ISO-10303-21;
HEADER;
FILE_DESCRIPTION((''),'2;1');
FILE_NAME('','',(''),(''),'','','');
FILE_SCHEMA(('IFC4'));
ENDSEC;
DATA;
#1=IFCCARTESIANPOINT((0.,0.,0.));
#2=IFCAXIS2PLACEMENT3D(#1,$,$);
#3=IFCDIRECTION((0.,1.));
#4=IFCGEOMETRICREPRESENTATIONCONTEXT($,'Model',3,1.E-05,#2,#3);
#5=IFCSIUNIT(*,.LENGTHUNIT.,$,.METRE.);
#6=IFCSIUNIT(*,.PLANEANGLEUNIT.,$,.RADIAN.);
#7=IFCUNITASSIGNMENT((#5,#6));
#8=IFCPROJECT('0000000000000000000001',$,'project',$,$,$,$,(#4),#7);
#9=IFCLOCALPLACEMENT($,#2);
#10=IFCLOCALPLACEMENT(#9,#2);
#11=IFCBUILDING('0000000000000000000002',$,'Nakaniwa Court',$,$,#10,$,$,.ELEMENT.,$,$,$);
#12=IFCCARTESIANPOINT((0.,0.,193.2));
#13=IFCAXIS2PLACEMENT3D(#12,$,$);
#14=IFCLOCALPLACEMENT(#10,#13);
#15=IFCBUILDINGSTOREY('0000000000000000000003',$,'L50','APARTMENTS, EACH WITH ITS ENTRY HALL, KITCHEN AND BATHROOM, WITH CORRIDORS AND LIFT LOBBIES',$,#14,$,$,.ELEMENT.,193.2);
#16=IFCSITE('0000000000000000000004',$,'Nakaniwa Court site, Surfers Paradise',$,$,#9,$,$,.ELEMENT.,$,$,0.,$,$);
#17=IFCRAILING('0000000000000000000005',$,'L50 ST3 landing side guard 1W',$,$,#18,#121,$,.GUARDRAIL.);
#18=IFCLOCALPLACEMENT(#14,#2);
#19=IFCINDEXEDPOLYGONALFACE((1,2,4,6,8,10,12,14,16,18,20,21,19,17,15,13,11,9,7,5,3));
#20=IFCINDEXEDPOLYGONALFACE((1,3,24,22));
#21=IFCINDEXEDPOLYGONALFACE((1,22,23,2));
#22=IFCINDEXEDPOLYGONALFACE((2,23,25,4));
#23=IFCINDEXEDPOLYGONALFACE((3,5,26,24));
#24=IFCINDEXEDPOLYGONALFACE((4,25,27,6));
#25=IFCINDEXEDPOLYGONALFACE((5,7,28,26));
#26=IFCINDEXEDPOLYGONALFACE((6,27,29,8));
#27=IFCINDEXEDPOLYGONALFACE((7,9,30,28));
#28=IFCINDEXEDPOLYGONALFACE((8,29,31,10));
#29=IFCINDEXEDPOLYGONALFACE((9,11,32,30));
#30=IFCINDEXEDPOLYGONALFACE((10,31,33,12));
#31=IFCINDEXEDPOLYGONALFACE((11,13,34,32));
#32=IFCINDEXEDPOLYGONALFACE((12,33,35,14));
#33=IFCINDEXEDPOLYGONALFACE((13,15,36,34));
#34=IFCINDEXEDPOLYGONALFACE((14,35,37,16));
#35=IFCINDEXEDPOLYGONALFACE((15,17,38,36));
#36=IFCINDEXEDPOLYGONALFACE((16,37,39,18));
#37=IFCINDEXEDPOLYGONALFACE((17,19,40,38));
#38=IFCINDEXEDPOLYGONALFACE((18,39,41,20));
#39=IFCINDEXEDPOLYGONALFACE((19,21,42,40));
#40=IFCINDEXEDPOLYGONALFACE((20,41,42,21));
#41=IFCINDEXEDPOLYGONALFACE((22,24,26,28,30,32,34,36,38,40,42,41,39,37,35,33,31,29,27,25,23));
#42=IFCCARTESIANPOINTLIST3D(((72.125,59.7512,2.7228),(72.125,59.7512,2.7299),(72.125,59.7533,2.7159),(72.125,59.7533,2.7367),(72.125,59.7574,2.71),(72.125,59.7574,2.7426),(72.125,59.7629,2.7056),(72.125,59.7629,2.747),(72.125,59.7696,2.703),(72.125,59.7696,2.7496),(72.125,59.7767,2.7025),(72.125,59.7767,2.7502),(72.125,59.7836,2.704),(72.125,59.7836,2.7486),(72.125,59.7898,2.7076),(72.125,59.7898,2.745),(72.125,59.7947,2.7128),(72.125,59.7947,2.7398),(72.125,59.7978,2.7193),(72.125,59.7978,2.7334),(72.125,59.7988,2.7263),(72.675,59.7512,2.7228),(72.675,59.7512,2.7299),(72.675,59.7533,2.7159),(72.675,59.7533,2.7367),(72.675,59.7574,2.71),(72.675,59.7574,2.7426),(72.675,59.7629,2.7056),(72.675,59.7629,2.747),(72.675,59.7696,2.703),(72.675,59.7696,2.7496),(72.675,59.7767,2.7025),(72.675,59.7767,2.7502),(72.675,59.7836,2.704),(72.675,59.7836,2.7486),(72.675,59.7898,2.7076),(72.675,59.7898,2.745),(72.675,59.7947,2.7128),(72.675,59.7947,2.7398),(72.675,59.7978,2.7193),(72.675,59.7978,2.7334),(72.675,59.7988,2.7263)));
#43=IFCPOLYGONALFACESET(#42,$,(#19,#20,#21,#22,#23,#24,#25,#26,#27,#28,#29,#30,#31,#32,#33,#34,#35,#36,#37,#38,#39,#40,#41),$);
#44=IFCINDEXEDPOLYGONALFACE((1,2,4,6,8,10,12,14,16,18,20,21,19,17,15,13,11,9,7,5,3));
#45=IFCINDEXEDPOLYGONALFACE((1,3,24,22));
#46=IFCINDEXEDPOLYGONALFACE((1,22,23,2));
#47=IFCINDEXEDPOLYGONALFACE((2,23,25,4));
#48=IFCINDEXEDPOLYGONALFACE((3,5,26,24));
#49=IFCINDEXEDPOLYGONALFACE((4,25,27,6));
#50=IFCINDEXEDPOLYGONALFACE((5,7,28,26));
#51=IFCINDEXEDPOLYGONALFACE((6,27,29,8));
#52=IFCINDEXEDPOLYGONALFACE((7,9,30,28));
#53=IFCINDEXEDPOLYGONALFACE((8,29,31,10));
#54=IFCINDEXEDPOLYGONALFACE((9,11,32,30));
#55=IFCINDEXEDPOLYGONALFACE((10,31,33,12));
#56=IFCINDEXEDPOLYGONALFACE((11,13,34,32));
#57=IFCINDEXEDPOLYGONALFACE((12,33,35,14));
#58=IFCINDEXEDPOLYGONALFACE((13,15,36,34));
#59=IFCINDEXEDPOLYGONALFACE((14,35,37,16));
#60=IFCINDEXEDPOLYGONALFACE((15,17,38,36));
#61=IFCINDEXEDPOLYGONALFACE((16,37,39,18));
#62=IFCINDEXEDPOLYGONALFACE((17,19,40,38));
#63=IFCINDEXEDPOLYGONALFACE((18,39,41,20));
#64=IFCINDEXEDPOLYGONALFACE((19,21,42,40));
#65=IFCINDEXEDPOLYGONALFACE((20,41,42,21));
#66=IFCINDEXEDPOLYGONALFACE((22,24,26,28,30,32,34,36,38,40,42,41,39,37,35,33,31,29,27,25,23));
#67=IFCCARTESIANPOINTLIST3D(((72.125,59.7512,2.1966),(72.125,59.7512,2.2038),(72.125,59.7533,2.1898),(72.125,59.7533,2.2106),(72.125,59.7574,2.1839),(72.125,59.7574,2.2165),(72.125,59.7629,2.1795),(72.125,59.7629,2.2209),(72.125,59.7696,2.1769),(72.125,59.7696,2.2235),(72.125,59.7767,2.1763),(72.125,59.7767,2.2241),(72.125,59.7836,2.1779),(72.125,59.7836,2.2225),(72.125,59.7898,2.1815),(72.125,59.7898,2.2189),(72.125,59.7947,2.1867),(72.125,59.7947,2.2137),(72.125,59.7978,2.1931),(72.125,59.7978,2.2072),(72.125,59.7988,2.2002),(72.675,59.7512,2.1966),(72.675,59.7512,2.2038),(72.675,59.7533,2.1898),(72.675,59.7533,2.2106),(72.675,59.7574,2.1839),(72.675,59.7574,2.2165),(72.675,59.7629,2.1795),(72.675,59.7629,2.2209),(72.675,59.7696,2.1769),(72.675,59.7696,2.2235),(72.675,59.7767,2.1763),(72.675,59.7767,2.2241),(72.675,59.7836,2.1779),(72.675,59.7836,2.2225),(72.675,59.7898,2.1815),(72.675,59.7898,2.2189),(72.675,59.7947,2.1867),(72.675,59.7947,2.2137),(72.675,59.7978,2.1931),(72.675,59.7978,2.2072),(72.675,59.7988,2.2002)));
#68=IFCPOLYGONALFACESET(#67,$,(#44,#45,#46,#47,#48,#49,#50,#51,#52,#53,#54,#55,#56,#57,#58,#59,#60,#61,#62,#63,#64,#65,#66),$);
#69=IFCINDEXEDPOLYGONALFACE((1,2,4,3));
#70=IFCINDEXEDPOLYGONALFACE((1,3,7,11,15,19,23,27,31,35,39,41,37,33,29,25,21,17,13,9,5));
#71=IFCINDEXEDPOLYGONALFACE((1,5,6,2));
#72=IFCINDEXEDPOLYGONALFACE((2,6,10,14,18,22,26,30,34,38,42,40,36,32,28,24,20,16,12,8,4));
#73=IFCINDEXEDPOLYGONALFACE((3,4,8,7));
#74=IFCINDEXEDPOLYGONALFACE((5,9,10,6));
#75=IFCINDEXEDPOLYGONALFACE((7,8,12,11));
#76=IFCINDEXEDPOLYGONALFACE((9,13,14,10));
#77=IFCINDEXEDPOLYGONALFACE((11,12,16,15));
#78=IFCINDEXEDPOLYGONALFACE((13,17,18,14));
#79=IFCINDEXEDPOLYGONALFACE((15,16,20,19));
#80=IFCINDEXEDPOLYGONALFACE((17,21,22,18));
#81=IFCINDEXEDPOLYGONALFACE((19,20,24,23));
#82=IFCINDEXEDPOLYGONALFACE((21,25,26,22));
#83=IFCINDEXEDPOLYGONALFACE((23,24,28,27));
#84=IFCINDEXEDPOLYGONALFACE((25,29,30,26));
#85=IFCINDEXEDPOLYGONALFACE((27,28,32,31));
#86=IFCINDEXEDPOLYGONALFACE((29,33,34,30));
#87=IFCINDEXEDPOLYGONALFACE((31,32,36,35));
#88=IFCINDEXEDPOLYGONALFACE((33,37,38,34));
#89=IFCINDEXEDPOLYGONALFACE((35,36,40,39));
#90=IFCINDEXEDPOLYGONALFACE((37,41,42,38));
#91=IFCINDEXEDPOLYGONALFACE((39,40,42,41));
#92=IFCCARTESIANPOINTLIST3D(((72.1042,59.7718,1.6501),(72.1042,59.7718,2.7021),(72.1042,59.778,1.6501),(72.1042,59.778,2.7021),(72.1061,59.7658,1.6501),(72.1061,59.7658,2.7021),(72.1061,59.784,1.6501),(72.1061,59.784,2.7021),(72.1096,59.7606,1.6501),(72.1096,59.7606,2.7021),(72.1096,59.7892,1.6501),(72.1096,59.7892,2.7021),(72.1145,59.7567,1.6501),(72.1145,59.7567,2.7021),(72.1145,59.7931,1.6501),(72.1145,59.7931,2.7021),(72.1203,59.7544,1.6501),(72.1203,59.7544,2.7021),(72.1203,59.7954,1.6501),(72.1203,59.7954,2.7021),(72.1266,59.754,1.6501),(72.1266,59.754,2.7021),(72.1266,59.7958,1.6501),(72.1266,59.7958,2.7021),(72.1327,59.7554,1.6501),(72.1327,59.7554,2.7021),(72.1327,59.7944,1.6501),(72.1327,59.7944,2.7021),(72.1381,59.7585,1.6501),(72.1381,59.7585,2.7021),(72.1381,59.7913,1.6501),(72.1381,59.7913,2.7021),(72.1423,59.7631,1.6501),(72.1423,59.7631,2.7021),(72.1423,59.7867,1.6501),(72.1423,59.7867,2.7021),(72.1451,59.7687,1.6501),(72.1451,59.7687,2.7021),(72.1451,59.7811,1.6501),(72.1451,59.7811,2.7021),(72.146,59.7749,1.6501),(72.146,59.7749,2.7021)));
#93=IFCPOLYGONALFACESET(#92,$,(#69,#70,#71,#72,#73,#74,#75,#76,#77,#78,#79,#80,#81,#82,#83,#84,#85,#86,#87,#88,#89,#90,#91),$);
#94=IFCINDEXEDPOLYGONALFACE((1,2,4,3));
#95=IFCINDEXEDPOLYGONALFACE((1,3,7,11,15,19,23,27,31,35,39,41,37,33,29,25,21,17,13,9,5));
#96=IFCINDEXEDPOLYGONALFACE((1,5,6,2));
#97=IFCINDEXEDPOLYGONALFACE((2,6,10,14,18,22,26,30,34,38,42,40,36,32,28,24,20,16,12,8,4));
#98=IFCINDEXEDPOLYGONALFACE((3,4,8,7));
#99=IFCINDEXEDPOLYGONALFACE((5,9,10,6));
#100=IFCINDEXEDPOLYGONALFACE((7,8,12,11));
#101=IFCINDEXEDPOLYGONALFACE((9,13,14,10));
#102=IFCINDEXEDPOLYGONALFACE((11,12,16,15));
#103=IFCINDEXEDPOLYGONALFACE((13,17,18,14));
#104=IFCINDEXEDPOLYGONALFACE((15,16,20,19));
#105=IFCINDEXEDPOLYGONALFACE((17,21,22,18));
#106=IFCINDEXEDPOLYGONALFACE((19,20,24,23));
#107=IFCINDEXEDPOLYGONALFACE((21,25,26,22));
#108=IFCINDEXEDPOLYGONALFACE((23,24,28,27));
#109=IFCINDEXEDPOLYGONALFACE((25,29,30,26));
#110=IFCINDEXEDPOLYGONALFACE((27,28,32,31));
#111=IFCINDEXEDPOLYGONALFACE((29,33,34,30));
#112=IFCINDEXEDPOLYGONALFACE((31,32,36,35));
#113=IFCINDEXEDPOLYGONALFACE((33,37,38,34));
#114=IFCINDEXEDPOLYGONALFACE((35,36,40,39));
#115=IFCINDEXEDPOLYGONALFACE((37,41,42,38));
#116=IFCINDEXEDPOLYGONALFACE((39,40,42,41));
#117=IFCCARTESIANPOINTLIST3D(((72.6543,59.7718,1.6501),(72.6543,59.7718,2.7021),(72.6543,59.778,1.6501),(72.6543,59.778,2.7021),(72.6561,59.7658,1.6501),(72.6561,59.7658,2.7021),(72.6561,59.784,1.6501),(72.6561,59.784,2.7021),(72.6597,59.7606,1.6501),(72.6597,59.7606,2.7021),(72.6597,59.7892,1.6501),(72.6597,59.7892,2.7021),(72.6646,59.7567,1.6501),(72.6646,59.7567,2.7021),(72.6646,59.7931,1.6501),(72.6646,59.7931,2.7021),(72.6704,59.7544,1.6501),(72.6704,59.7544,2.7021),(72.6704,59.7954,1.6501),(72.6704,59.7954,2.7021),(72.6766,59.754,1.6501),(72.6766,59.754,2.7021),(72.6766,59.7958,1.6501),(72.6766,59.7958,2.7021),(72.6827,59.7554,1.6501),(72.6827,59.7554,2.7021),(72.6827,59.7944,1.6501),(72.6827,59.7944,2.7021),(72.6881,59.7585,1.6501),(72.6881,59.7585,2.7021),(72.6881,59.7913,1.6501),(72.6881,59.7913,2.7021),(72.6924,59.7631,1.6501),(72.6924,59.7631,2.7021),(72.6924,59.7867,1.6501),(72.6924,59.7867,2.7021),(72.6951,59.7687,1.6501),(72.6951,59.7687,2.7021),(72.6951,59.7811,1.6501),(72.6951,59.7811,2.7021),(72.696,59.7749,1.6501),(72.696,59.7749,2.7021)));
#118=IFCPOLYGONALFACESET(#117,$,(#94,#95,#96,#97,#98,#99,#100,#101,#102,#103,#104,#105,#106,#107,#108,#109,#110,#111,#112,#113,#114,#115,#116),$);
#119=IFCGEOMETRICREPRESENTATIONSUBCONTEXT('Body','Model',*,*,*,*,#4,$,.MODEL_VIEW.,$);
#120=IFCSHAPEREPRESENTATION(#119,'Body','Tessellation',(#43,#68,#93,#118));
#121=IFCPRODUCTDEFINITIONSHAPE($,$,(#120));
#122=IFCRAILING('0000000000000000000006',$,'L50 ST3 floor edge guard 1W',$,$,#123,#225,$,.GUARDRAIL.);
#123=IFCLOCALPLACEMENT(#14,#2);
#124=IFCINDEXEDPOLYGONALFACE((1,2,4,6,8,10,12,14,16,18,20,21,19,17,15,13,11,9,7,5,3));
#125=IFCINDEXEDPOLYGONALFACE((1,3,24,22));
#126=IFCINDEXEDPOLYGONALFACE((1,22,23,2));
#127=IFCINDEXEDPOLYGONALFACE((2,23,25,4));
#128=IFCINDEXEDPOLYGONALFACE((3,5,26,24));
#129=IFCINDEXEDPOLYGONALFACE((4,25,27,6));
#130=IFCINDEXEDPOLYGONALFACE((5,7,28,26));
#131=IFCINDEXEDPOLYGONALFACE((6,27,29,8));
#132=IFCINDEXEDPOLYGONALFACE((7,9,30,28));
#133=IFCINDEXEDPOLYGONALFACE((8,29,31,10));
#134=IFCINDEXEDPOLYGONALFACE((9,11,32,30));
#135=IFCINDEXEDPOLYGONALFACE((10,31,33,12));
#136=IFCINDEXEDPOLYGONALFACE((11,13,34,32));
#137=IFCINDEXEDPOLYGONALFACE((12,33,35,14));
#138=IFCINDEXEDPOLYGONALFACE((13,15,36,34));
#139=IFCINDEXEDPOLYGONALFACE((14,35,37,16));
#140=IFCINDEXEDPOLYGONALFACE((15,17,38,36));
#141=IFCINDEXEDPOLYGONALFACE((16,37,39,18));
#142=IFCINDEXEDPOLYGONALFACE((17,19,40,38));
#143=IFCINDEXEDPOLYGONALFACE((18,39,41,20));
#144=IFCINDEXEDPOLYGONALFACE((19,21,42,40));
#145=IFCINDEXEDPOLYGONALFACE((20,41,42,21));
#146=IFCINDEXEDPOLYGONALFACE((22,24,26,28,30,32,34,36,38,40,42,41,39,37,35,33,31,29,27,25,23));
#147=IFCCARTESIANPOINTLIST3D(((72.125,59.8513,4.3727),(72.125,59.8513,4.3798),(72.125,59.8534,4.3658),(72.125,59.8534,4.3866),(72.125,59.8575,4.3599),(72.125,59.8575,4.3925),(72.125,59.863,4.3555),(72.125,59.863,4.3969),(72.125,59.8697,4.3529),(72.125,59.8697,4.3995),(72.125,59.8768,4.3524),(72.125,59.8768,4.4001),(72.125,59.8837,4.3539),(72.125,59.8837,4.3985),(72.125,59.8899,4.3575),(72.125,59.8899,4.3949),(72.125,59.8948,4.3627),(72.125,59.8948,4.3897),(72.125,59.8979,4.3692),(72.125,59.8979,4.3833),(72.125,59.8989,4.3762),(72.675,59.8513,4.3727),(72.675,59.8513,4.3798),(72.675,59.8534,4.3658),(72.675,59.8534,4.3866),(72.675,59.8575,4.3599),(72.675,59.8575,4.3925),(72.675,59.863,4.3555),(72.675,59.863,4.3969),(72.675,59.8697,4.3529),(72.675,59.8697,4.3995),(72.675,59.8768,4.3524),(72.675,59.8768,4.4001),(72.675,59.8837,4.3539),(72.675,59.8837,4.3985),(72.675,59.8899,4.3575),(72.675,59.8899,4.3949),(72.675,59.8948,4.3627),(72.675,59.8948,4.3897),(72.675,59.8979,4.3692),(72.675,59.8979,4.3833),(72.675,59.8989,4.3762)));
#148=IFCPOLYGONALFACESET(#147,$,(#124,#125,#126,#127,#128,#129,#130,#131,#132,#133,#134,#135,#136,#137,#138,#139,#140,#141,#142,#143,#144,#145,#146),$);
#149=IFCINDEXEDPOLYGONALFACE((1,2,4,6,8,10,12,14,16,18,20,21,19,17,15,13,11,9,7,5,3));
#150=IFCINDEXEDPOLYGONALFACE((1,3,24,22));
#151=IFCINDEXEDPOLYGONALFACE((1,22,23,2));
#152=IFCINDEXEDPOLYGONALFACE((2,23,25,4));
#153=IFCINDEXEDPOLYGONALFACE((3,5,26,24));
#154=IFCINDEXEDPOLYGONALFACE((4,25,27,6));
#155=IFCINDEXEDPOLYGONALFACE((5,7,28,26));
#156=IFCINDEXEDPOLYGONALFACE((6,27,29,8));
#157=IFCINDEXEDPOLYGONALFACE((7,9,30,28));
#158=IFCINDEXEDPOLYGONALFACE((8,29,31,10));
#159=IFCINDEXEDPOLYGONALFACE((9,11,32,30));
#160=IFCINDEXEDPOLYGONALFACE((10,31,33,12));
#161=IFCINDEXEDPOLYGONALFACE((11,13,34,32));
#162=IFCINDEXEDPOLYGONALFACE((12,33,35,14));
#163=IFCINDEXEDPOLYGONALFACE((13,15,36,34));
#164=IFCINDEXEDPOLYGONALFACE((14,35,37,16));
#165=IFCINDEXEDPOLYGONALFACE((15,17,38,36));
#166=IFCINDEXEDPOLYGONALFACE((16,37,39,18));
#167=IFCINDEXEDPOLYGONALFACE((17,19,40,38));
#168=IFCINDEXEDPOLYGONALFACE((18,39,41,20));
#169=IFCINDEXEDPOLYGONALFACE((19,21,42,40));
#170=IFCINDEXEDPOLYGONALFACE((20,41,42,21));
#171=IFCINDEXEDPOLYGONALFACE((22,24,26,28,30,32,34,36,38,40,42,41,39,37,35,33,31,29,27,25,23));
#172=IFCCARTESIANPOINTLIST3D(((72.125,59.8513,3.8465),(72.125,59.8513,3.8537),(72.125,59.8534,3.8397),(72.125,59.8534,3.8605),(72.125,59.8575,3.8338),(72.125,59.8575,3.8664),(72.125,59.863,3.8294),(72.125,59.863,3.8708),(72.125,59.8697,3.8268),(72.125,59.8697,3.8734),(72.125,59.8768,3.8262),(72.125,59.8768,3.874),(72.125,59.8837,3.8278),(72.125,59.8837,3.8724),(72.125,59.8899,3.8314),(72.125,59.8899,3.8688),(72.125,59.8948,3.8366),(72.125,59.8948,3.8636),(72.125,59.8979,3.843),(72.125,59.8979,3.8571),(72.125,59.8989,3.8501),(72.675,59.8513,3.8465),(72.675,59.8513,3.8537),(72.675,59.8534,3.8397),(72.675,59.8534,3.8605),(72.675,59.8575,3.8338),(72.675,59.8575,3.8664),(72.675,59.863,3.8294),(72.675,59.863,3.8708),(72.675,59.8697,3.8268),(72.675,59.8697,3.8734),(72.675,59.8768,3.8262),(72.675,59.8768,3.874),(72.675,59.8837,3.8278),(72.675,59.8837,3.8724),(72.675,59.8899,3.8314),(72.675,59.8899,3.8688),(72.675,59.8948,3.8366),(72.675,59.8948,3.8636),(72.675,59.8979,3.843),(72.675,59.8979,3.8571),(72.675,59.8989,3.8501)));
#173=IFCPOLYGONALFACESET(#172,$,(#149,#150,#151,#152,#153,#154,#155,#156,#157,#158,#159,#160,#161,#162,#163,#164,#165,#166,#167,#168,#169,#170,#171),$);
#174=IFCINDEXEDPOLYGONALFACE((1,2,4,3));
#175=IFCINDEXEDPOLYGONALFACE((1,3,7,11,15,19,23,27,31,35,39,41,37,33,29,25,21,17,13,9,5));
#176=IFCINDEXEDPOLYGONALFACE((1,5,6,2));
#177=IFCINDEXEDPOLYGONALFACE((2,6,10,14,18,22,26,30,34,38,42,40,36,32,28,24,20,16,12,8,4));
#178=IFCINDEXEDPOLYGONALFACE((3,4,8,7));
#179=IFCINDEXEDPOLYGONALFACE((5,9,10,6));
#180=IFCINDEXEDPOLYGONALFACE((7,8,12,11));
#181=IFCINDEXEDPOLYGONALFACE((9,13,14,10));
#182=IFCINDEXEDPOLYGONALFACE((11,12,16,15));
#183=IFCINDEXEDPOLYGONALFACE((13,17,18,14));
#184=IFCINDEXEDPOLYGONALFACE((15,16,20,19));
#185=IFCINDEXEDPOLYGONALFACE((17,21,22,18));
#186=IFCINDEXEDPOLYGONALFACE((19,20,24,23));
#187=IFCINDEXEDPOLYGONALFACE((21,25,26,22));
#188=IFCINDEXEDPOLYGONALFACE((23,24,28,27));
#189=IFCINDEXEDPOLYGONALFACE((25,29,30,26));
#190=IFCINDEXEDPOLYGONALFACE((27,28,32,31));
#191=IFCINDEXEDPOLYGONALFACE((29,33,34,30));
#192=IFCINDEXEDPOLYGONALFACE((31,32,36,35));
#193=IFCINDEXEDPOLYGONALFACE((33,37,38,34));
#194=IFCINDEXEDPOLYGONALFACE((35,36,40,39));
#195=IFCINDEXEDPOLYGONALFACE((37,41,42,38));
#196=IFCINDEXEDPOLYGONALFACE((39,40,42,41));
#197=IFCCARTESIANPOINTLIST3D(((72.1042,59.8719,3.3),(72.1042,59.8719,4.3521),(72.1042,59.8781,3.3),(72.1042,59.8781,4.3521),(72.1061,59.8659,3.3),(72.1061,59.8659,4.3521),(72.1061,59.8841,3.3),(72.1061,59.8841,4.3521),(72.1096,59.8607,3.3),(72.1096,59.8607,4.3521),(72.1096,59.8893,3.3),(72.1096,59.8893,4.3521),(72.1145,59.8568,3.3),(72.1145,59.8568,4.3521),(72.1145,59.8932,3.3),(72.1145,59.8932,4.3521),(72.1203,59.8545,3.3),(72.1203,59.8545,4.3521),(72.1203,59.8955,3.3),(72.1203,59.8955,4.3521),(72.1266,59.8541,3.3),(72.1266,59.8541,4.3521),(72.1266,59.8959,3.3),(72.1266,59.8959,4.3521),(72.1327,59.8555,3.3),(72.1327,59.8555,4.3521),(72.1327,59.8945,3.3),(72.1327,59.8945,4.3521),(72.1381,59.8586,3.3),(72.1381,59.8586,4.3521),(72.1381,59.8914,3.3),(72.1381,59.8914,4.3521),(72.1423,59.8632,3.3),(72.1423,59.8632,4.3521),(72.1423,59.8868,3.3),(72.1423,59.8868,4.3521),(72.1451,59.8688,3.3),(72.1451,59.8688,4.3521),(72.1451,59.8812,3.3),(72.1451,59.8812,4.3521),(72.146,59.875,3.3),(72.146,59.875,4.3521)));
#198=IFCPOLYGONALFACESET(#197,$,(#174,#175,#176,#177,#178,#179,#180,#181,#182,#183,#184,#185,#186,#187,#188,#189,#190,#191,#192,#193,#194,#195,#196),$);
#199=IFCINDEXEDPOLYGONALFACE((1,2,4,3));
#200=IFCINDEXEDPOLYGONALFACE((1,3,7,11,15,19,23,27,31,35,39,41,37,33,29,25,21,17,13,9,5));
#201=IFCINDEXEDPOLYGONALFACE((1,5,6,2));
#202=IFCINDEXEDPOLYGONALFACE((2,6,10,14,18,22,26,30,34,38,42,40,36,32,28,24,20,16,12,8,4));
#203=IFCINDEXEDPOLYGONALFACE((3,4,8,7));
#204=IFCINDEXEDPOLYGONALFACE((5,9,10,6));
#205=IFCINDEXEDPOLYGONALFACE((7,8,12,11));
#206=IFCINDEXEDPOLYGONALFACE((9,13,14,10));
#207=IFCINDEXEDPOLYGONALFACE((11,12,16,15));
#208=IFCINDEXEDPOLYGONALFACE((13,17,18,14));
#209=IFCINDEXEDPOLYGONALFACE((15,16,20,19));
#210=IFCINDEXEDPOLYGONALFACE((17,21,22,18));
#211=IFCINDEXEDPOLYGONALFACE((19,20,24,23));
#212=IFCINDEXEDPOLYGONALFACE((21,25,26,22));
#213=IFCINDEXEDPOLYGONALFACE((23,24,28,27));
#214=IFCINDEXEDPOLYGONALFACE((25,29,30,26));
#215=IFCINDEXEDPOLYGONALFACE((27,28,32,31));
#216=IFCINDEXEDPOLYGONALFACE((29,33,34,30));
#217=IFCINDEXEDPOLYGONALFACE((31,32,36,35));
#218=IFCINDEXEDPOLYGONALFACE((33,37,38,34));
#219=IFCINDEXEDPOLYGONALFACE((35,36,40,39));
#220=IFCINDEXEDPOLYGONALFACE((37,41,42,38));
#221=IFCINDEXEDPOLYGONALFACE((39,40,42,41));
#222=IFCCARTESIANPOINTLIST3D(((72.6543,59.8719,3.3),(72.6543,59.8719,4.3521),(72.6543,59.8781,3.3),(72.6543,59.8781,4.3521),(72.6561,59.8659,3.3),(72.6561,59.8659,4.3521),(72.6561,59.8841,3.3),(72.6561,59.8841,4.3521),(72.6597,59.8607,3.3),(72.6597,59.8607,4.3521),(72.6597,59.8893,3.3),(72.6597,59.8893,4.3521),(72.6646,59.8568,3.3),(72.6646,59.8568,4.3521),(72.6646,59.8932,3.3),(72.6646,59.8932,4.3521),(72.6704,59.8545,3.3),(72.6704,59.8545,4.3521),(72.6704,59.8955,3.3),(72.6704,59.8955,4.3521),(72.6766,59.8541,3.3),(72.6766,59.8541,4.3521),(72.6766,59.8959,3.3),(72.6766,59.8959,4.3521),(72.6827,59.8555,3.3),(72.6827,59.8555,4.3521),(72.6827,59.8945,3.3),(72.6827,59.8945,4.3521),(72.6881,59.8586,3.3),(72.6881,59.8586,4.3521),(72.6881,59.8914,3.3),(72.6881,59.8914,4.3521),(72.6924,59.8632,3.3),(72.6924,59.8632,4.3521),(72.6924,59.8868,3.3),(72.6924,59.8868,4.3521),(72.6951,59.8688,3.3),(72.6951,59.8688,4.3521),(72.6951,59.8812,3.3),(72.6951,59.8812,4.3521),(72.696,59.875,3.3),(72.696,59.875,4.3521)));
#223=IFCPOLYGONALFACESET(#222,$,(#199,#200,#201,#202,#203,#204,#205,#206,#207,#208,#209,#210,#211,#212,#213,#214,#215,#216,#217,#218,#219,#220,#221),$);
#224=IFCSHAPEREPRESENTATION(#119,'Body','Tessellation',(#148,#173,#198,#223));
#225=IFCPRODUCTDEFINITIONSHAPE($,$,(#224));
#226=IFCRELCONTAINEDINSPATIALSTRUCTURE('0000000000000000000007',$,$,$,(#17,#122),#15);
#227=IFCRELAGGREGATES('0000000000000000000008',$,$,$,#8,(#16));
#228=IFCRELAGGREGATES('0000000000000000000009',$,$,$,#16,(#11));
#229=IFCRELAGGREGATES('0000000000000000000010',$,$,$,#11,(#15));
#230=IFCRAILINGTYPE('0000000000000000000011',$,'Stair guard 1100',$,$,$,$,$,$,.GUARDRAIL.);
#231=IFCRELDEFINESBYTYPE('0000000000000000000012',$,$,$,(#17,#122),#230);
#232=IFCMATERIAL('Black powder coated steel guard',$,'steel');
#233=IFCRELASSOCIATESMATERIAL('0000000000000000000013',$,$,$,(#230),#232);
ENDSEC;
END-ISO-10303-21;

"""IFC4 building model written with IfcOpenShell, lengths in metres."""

from ifc_helpers import new_model, si_unit, direction, frame, origin, origin_2d, place, context, subcontext, project, spatial, circle, extrude, material, type_object, element, save


model = new_model("IFC4")

# Units and contexts
model_context = context("Model", 3, precision=1e-05, world=origin(), true_north=direction((0.0, 1.0)))
body_context = subcontext(model_context, "Body", "Model", "MODEL_VIEW")
ifc_project = project(units=[si_unit("LENGTHUNIT", "METRE"), si_unit("PLANEANGLEUNIT", "RADIAN")], contexts=[model_context])

# Site, building, storey
site_placement = place(None, origin())
site = spatial("IfcSite", under=ifc_project, at=site_placement, Name="Nakaniwa Court site, Surfers Paradise", CompositionType="ELEMENT", RefElevation=0.0)
building_placement = place(site_placement, origin())
building = spatial("IfcBuilding", under=site, at=building_placement, Name="Nakaniwa Court", CompositionType="ELEMENT")
storey_placement = place(building_placement, frame((0.0, 0.0, 193.2)))
storey = spatial("IfcBuildingStorey", under=building, at=storey_placement, Name="L50", Description="APARTMENTS, EACH WITH ITS ENTRY HALL, KITCHEN AND BATHROOM, WITH CORRIDORS AND LIFT LOBBIES", CompositionType="ELEMENT", Elevation=193.2)

# Railings
ifc_material_1 = material(Name="Black powder coated steel guard", Category="steel")
railing_type_1 = type_object("IfcRailingType", Name="Stair guard 1100", PredefinedType="GUARDRAIL", material=ifc_material_1)
for number, where, name in (
    (1, (72.125, 59.7749, 1.6501), "L50 ST3 landing side guard 1W"),
    (2, (72.125, 59.875, 3.3), "L50 ST3 floor edge guard 1W"),
):
    element("IfcRailing", number, at=place(storey_placement, frame(where)), inside=storey, type_object=railing_type_1, Name=name, PredefinedType="GUARDRAIL", context=body_context, shape_type="SweptSolid", body=[
        extrude(circle(Radius=0.0239, at=origin_2d()), frame((0.0, 0.0, 1.0762), z_axis=(1.0, 0.0, 0.0), x_axis=(0.0, 1.0, 0.0)), (0.0, 0.0, 1.0), 0.55),
        extrude(circle(Radius=0.0239, at=origin_2d()), frame((0.0, 0.0, 0.55), z_axis=(1.0, 0.0, 0.0), x_axis=(0.0, 1.0, 0.0)), (0.0, 0.0, 1.0), 0.55),
        extrude(circle(Radius=0.021, at=origin_2d()), origin(), (0.0, 0.0, 1.0), 1.052),
        extrude(circle(Radius=0.021, at=origin_2d()), frame((0.55, 0.0, 0.0)), (0.0, 0.0, 1.0), 1.052),
    ])

save(model, "model.ifc")
